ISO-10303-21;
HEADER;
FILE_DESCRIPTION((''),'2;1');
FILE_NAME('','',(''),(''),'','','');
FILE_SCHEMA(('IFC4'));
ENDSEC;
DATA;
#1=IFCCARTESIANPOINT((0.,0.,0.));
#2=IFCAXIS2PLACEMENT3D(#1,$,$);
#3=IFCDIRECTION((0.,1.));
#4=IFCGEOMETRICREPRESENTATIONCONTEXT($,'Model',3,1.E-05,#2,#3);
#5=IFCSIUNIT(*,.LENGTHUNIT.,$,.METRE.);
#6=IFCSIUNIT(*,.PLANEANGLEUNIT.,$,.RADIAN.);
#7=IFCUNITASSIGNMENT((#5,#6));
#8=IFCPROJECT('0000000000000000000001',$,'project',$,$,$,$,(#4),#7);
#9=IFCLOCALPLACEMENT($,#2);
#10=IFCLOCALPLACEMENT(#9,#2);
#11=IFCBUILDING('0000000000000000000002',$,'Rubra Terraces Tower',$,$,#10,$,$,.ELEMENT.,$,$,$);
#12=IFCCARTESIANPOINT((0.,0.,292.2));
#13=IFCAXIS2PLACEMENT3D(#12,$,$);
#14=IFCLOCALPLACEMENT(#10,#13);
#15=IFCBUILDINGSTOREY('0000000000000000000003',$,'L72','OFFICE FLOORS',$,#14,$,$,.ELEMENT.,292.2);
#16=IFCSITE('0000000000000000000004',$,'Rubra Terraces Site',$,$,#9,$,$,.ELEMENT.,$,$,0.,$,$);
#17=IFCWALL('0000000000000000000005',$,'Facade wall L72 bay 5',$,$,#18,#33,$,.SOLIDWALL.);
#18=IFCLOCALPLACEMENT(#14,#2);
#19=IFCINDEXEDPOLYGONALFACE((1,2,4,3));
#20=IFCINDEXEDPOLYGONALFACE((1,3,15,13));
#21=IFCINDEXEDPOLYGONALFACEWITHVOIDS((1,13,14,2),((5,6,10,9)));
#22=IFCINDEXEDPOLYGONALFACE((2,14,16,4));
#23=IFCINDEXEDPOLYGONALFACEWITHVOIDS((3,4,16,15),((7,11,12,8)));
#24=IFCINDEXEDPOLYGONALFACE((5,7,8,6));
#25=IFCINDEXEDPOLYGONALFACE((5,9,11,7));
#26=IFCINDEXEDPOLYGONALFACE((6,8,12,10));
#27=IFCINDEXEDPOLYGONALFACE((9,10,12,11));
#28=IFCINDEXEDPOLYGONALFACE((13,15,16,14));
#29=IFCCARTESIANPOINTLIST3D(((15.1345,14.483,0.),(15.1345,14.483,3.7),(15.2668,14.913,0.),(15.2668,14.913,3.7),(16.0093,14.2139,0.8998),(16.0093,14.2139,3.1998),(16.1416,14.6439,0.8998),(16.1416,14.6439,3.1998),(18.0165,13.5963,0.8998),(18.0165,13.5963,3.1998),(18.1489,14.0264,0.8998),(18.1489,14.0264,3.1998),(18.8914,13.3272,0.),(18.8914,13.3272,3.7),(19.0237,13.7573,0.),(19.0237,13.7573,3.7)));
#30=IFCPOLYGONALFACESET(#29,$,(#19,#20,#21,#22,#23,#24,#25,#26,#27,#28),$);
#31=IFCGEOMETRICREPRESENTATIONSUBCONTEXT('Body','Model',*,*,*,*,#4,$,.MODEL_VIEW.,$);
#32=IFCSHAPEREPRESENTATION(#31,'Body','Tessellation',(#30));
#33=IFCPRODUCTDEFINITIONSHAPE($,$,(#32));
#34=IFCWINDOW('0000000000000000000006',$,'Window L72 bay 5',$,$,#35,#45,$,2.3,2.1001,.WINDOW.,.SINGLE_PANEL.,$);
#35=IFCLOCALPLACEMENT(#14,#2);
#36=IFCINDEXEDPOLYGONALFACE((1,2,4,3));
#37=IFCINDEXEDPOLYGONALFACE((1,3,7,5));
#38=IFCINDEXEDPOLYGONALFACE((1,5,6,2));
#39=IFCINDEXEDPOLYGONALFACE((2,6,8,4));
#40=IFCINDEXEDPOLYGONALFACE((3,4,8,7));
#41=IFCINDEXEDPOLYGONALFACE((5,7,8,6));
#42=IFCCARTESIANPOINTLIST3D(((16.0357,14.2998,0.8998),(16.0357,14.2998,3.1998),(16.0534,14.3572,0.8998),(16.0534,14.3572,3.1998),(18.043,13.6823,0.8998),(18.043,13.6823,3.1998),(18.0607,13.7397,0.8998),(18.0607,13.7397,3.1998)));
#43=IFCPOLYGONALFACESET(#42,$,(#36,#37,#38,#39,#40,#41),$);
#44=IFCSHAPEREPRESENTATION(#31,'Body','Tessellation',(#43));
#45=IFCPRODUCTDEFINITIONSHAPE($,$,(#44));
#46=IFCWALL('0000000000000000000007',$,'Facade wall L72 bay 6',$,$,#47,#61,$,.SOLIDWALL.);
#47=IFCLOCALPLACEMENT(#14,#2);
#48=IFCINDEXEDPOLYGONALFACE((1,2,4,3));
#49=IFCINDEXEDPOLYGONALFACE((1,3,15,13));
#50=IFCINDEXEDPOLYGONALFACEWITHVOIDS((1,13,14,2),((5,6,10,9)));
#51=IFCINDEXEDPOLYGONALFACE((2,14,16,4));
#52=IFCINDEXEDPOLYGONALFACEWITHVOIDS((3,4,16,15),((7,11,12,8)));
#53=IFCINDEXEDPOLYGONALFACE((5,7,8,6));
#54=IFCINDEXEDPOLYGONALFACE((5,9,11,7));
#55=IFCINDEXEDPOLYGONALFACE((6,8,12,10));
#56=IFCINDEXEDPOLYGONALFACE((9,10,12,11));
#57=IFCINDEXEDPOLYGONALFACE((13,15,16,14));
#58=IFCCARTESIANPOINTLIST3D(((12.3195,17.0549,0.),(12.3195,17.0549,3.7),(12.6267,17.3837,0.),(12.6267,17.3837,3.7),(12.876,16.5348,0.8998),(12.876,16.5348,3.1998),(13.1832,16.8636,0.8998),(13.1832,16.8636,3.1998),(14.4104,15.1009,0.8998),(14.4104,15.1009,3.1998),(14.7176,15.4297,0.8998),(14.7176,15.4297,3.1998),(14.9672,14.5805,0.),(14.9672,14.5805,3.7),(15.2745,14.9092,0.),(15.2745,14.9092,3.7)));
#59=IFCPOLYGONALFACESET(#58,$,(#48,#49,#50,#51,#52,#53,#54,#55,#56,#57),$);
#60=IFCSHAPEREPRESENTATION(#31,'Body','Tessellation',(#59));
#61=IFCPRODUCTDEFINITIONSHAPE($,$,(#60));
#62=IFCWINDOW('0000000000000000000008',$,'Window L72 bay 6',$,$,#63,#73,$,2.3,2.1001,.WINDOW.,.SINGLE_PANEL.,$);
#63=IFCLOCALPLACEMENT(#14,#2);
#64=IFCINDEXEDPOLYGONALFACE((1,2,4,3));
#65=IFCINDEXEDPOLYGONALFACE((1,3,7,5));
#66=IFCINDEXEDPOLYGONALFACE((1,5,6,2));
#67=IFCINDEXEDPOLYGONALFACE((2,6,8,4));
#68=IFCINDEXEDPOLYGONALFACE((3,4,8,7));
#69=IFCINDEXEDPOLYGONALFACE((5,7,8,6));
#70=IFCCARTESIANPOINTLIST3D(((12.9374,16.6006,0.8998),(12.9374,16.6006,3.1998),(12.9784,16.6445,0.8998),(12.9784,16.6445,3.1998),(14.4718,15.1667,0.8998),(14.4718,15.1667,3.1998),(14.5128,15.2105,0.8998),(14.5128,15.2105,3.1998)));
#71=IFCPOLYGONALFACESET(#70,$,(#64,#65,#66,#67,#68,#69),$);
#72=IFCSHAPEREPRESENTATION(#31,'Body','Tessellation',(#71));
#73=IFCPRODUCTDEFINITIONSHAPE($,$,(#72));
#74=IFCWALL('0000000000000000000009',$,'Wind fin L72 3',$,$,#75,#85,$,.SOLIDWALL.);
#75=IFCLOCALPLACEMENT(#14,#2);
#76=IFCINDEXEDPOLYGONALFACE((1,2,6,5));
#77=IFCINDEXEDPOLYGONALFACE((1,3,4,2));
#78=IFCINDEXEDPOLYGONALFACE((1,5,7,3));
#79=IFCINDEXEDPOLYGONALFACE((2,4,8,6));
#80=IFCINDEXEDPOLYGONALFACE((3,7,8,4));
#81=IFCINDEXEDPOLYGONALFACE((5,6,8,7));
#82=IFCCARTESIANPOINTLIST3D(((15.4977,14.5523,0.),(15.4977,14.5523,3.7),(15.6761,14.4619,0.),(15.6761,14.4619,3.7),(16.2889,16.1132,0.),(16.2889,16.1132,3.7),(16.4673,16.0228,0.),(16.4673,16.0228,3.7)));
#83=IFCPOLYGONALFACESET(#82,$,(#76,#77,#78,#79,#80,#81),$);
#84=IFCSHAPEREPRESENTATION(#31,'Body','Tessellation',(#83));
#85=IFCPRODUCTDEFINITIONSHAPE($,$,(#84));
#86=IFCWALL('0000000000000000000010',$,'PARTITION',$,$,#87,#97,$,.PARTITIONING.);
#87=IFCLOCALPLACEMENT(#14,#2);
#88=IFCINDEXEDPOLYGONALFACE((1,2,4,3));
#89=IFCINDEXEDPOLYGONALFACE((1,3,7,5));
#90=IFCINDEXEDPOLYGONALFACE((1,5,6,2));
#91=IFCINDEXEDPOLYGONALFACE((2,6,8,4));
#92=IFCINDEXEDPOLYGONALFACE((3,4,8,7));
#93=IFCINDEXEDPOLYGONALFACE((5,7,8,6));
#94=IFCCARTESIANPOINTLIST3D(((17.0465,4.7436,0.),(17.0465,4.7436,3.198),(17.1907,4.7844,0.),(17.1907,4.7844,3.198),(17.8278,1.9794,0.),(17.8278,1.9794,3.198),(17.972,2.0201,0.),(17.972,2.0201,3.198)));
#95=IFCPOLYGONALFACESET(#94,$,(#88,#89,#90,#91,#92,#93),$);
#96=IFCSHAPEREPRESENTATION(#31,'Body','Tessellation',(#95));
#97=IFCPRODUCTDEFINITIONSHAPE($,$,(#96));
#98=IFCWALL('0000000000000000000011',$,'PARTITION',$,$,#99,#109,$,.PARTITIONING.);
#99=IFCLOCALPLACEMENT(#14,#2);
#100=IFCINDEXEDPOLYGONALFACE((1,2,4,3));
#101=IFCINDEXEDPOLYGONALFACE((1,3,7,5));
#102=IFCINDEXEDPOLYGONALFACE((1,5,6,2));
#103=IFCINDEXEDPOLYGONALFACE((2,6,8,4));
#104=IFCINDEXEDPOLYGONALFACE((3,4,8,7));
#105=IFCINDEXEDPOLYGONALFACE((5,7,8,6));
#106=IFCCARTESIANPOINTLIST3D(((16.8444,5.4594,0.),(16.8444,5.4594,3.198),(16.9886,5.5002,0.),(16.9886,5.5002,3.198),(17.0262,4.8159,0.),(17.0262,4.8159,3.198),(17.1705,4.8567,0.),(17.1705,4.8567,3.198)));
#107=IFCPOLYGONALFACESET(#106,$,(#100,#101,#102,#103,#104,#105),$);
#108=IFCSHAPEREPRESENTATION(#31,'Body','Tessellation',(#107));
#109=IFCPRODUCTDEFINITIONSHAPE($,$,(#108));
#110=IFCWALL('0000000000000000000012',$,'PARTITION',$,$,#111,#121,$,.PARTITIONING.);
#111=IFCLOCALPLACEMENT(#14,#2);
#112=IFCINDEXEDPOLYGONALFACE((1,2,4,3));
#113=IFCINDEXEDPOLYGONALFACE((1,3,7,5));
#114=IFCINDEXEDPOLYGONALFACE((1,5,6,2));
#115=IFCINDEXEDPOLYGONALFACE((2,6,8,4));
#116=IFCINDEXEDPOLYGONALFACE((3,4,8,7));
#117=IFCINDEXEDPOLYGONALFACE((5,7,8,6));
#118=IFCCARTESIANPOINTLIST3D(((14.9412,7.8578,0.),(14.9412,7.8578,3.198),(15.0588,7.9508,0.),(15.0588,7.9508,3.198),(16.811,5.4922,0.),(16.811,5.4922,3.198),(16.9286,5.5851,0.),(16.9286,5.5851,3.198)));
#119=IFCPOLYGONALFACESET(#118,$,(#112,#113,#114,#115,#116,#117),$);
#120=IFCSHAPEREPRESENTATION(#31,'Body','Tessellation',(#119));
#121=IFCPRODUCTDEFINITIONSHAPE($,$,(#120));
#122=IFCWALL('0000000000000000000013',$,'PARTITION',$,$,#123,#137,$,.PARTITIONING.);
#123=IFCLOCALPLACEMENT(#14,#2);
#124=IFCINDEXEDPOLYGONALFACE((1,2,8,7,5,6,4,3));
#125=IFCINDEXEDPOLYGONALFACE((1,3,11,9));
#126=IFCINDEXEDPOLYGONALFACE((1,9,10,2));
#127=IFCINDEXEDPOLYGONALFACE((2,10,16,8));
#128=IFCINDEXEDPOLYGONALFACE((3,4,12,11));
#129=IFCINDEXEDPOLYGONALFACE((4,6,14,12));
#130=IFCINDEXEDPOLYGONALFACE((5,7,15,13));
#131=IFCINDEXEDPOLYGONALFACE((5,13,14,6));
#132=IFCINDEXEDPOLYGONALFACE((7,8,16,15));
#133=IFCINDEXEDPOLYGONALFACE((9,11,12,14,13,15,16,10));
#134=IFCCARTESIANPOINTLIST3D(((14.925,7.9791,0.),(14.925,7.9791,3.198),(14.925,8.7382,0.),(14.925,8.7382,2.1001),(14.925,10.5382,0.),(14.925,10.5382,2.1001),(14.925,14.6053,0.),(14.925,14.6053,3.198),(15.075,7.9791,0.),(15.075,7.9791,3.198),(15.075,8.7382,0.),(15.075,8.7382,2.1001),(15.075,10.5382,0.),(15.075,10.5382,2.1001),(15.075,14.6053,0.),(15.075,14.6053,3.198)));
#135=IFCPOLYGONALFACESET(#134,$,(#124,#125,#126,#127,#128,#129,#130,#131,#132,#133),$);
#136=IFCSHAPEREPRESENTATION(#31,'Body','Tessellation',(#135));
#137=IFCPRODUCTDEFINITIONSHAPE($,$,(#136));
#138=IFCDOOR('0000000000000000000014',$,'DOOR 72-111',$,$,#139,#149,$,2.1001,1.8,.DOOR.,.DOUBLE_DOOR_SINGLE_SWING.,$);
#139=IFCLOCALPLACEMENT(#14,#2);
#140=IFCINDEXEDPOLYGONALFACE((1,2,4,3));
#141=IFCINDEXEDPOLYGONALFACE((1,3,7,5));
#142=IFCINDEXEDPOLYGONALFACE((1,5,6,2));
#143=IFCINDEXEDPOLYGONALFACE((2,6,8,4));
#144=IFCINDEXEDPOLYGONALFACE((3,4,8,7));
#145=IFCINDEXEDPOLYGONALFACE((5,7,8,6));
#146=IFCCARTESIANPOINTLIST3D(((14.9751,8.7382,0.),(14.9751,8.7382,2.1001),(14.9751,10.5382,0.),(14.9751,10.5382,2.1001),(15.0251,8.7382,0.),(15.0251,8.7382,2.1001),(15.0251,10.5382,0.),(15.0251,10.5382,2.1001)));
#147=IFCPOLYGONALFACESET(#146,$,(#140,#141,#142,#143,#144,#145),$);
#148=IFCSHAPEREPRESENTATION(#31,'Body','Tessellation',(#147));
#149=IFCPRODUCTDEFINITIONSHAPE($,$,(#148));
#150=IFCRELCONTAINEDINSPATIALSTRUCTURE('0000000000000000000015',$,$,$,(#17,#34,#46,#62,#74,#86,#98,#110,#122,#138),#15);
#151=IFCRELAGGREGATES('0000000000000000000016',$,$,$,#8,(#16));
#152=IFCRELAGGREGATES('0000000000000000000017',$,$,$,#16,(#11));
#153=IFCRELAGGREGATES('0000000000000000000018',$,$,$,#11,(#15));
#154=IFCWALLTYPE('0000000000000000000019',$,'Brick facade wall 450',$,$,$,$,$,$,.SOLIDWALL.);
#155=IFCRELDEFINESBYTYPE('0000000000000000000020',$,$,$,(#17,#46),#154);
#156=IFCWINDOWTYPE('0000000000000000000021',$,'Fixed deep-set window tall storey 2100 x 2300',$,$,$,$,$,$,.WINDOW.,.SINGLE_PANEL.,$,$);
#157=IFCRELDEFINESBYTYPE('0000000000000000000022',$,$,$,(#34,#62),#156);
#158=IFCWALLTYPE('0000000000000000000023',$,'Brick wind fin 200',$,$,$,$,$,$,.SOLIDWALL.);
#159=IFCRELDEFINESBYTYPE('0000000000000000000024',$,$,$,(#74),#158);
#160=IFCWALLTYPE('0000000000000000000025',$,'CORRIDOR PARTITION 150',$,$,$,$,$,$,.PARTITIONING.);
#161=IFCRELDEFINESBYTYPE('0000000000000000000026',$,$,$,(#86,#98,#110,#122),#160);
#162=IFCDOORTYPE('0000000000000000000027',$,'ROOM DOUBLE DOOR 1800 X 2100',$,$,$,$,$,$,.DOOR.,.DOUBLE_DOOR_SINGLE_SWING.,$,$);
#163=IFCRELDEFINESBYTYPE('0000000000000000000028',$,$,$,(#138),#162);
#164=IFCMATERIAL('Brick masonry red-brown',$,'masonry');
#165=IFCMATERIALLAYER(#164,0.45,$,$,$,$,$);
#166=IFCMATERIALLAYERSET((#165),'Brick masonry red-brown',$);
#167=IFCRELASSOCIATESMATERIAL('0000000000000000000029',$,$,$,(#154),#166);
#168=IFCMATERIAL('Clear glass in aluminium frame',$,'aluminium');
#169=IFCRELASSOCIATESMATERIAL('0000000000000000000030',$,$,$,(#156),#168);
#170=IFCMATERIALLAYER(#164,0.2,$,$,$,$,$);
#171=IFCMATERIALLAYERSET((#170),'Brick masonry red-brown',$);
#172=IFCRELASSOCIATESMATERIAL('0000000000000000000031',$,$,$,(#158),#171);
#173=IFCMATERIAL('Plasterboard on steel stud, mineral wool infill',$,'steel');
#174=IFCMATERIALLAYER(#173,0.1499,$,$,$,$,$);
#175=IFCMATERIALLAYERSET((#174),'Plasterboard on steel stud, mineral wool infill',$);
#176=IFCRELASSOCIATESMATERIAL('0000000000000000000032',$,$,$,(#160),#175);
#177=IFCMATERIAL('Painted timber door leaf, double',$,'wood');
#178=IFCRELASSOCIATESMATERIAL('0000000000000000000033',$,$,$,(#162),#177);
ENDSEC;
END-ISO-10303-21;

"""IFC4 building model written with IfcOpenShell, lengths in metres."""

from ifc_helpers import new_model, si_unit, direction, frame, frame_2d, origin, place, context, subcontext, project, spatial, rectangle, extrude, material, layer, layer_set, type_object, element, fill, save


model = new_model("IFC4")

# Units and contexts
model_context = context("Model", 3, precision=1e-05, world=origin(), true_north=direction((0.0, 1.0)))
body_context = subcontext(model_context, "Body", "Model", "MODEL_VIEW")
ifc_project = project(units=[si_unit("LENGTHUNIT", "METRE"), si_unit("PLANEANGLEUNIT", "RADIAN")], contexts=[model_context])

# Site, building, storey
site_placement = place(None, origin())
site = spatial("IfcSite", under=ifc_project, at=site_placement, Name="Rubra Terraces Site", CompositionType="ELEMENT", RefElevation=0.0)
building_placement = place(site_placement, origin())
building = spatial("IfcBuilding", under=site, at=building_placement, Name="Rubra Terraces Tower", CompositionType="ELEMENT")
storey_placement = place(building_placement, frame((0.0, 0.0, 292.2)))
storey = spatial("IfcBuildingStorey", under=building, at=storey_placement, Name="L72", Description="OFFICE FLOORS", CompositionType="ELEMENT", Elevation=292.2)

# Walls, openings, windows
ifc_material_1 = material(Name="Brick masonry red-brown", Category="masonry")
ifc_layer_1 = layer(ifc_material_1, 0.45)
ifc_layer_set_1 = layer_set([ifc_layer_1], Name="Brick masonry red-brown")
wall_type_1 = type_object("IfcWallType", Name="Brick facade wall 450", PredefinedType="SOLIDWALL", material=ifc_layer_set_1)
wall_1_placement = place(storey_placement, frame((18.9575, 13.5422, 0.0), z_axis=(0.0, 0.0, 1.0), x_axis=(-0.955792, 0.294042, 0.0)))
wall_1 = element("IfcWall", 1, at=wall_1_placement, inside=storey, type_object=wall_type_1, Name="Facade wall L72 bay 5", PredefinedType="SOLIDWALL", context=body_context, shape_type="SweptSolid", body=[
    extrude(rectangle(XDim=3.9307, YDim=0.45, at=frame_2d((1.9653, 0.0))), origin(), (0.0, 0.0, 1.0), 3.7),
])
opening_1_placement = place(wall_1_placement, frame((0.9153, 0.0, 0.8999)))
opening_1 = element("IfcOpeningElement", 2, at=opening_1_placement, cuts=wall_1, PredefinedType="OPENING", context=body_context, shape_type="SweptSolid", body=[
    extrude(rectangle(XDim=2.1001, YDim=2.3, at=frame_2d((1.05, 1.1499))), frame((0.0, 0.2349, 0.0), z_axis=(0.0, -1.0, 0.0), x_axis=(1.0, 0.0, 0.0)), (0.0, 0.0, 1.0), 0.47),
])
ifc_material_2 = material(Name="Clear glass in aluminium frame", Category="aluminium")
window_type = type_object("IfcWindowType", Name="Fixed deep-set window tall storey 2100 x 2300", PartitioningType="SINGLE_PANEL", PredefinedType="WINDOW", material=ifc_material_2)
window_1_placement = place(opening_1_placement, origin())
window_1 = element("IfcWindow", 3, at=window_1_placement, inside=storey, type_object=window_type, Name="Window L72 bay 5", OverallHeight=2.3, OverallWidth=2.1001, PartitioningType="SINGLE_PANEL", PredefinedType="WINDOW", context=body_context, shape_type="SweptSolid", body=[
    extrude(rectangle(XDim=2.1001, YDim=2.3, at=frame_2d((1.05, 1.1499))), frame((0.0, 0.135, 0.0), z_axis=(0.0, -1.0, 0.0), x_axis=(1.0, 0.0, 0.0)), (0.0, 0.0, 1.0), 0.0601),
])
fill(opening_1, window_1)
wall_2_placement = place(storey_placement, frame((15.1208, 14.7449, 0.0), z_axis=(0.0, 0.0, 1.0), x_axis=(-0.730618, 0.682786, 0.0)))
wall_2 = element("IfcWall", 4, at=wall_2_placement, inside=storey, type_object=wall_type_1, Name="Facade wall L72 bay 6", PredefinedType="SOLIDWALL", context=body_context, shape_type="SweptSolid", body=[
    extrude(rectangle(XDim=3.624, YDim=0.45, at=frame_2d((1.812, 0.0))), origin(), (0.0, 0.0, 1.0), 3.7),
])
opening_2_placement = place(wall_2_placement, frame((0.7622, 0.0, 0.8999)))
opening_2 = element("IfcOpeningElement", 5, at=opening_2_placement, cuts=wall_2, PredefinedType="OPENING", context=body_context, shape_type="SweptSolid", body=[
    extrude(rectangle(XDim=2.1001, YDim=2.3, at=frame_2d((1.05, 1.1499))), frame((0.0, 0.2349, 0.0), z_axis=(0.0, -1.0, 0.0), x_axis=(1.0, 0.0, 0.0)), (0.0, 0.0, 1.0), 0.47),
])
window_2_placement = place(opening_2_placement, origin())
window_2 = element("IfcWindow", 6, at=window_2_placement, inside=storey, type_object=window_type, Name="Window L72 bay 6", OverallHeight=2.3, OverallWidth=2.1001, PartitioningType="SINGLE_PANEL", PredefinedType="WINDOW", context=body_context, shape_type="SweptSolid", body=[
    extrude(rectangle(XDim=2.1001, YDim=2.3, at=frame_2d((1.05, 1.1499))), frame((0.0, 0.135, 0.0), z_axis=(0.0, -1.0, 0.0), x_axis=(1.0, 0.0, 0.0)), (0.0, 0.0, 1.0), 0.0601),
])
fill(opening_2, window_2)

# Walls
ifc_layer_2 = layer(ifc_material_1, 0.2)
ifc_layer_set_2 = layer_set([ifc_layer_2], Name="Brick masonry red-brown")
wall_type_2 = type_object("IfcWallType", Name="Brick wind fin 200", PredefinedType="SOLIDWALL", material=ifc_layer_set_2)
wall_3_placement = place(storey_placement, frame((15.5869, 14.5071, 0.0), z_axis=(0.0, 0.0, 1.0), x_axis=(0.452117, 0.891959, 0.0)))
element("IfcWall", 7, at=wall_3_placement, inside=storey, type_object=wall_type_2, Name="Wind fin L72 3", PredefinedType="SOLIDWALL", context=body_context, shape_type="SweptSolid", body=[
    extrude(rectangle(XDim=1.75, YDim=0.2, at=frame_2d((0.875, 0.0))), origin(), (0.0, 0.0, 1.0), 3.7),
])
ifc_material_3 = material(Name="Plasterboard on steel stud, mineral wool infill", Category="steel")
ifc_layer_3 = layer(ifc_material_3, 0.1499)
ifc_layer_set_3 = layer_set([ifc_layer_3], Name="Plasterboard on steel stud, mineral wool infill")
wall_type_3 = type_object("IfcWallType", Name="CORRIDOR PARTITION 150", PredefinedType="PARTITIONING", material=ifc_layer_set_3)
wall_4_placement = place(storey_placement, frame((17.8999, 1.9998, 0.0), z_axis=(0.0, 0.0, 1.0), x_axis=(-0.271981, 0.962303, 0.0)))
element("IfcWall", 8, at=wall_4_placement, inside=storey, type_object=wall_type_3, Name="PARTITION", PredefinedType="PARTITIONING", context=body_context, shape_type="SweptSolid", body=[
    extrude(rectangle(XDim=2.8726, YDim=0.1499, at=frame_2d((1.4363, 0.0))), origin(), (0.0, 0.0, 1.0), 3.198),
])
wall_5_placement = place(storey_placement, frame((17.0984, 4.8362, 0.0), z_axis=(0.0, 0.0, 1.0), x_axis=(-0.271972, 0.962305, 0.0)))
element("IfcWall", 9, at=wall_5_placement, inside=storey, type_object=wall_type_3, Name="PARTITION", PredefinedType="PARTITIONING", context=body_context, shape_type="SweptSolid", body=[
    extrude(rectangle(XDim=0.6687, YDim=0.1499, at=frame_2d((0.3345, 0.0))), origin(), (0.0, 0.0, 1.0), 3.198),
])
wall_6_placement = place(storey_placement, frame((16.8699, 5.5386, 0.0), z_axis=(0.0, 0.0, 1.0), x_axis=(-0.620093, 0.784528, 0.0)))
element("IfcWall", 10, at=wall_6_placement, inside=storey, type_object=wall_type_3, Name="PARTITION", PredefinedType="PARTITIONING", context=body_context, shape_type="SweptSolid", body=[
    extrude(rectangle(XDim=3.0154, YDim=0.1499, at=frame_2d((1.5078, 0.0))), origin(), (0.0, 0.0, 1.0), 3.198),
])

# Wall, opening, door
wall_7_placement = place(storey_placement, frame((15.0, 7.9792, 0.0), z_axis=(0.0, 0.0, 1.0), x_axis=(0.0, 1.0, 0.0)))
wall_7 = element("IfcWall", 11, at=wall_7_placement, inside=storey, type_object=wall_type_3, Name="PARTITION", PredefinedType="PARTITIONING", context=body_context, shape_type="SweptSolid", body=[
    extrude(rectangle(XDim=6.6262, YDim=0.1499, at=frame_2d((3.313, 0.0))), origin(), (0.0, 0.0, 1.0), 3.198),
])
opening_3_placement = place(wall_7_placement, frame((0.759, 0.0, 0.0)))
opening_3 = element("IfcOpeningElement", 12, at=opening_3_placement, cuts=wall_7, PredefinedType="OPENING", context=body_context, shape_type="SweptSolid", body=[
    extrude(rectangle(XDim=1.8, YDim=2.1001, at=frame_2d((0.8999, 1.05))), frame((0.0, 0.085, 0.0), z_axis=(0.0, -1.0, 0.0), x_axis=(1.0, 0.0, 0.0)), (0.0, 0.0, 1.0), 0.1699),
])
ifc_material_4 = material(Name="Painted timber door leaf, double", Category="wood")
door_type_1 = type_object("IfcDoorType", Name="ROOM DOUBLE DOOR 1800 X 2100", OperationType="DOUBLE_DOOR_SINGLE_SWING", PredefinedType="DOOR", material=ifc_material_4)
door_1_placement = place(opening_3_placement, origin())
door_1 = element("IfcDoor", 13, at=door_1_placement, inside=storey, type_object=door_type_1, Name="DOOR 72-111", OperationType="DOUBLE_DOOR_SINGLE_SWING", OverallHeight=2.1001, OverallWidth=1.8, PredefinedType="DOOR", context=body_context, shape_type="SweptSolid", body=[
    extrude(rectangle(XDim=1.8, YDim=2.1001, at=frame_2d((0.8999, 1.05))), frame((0.0, 0.0249, 0.0), z_axis=(0.0, -1.0, 0.0), x_axis=(1.0, 0.0, 0.0)), (0.0, 0.0, 1.0), 0.05),
])
fill(opening_3, door_1)

save(model, "model.ifc")
